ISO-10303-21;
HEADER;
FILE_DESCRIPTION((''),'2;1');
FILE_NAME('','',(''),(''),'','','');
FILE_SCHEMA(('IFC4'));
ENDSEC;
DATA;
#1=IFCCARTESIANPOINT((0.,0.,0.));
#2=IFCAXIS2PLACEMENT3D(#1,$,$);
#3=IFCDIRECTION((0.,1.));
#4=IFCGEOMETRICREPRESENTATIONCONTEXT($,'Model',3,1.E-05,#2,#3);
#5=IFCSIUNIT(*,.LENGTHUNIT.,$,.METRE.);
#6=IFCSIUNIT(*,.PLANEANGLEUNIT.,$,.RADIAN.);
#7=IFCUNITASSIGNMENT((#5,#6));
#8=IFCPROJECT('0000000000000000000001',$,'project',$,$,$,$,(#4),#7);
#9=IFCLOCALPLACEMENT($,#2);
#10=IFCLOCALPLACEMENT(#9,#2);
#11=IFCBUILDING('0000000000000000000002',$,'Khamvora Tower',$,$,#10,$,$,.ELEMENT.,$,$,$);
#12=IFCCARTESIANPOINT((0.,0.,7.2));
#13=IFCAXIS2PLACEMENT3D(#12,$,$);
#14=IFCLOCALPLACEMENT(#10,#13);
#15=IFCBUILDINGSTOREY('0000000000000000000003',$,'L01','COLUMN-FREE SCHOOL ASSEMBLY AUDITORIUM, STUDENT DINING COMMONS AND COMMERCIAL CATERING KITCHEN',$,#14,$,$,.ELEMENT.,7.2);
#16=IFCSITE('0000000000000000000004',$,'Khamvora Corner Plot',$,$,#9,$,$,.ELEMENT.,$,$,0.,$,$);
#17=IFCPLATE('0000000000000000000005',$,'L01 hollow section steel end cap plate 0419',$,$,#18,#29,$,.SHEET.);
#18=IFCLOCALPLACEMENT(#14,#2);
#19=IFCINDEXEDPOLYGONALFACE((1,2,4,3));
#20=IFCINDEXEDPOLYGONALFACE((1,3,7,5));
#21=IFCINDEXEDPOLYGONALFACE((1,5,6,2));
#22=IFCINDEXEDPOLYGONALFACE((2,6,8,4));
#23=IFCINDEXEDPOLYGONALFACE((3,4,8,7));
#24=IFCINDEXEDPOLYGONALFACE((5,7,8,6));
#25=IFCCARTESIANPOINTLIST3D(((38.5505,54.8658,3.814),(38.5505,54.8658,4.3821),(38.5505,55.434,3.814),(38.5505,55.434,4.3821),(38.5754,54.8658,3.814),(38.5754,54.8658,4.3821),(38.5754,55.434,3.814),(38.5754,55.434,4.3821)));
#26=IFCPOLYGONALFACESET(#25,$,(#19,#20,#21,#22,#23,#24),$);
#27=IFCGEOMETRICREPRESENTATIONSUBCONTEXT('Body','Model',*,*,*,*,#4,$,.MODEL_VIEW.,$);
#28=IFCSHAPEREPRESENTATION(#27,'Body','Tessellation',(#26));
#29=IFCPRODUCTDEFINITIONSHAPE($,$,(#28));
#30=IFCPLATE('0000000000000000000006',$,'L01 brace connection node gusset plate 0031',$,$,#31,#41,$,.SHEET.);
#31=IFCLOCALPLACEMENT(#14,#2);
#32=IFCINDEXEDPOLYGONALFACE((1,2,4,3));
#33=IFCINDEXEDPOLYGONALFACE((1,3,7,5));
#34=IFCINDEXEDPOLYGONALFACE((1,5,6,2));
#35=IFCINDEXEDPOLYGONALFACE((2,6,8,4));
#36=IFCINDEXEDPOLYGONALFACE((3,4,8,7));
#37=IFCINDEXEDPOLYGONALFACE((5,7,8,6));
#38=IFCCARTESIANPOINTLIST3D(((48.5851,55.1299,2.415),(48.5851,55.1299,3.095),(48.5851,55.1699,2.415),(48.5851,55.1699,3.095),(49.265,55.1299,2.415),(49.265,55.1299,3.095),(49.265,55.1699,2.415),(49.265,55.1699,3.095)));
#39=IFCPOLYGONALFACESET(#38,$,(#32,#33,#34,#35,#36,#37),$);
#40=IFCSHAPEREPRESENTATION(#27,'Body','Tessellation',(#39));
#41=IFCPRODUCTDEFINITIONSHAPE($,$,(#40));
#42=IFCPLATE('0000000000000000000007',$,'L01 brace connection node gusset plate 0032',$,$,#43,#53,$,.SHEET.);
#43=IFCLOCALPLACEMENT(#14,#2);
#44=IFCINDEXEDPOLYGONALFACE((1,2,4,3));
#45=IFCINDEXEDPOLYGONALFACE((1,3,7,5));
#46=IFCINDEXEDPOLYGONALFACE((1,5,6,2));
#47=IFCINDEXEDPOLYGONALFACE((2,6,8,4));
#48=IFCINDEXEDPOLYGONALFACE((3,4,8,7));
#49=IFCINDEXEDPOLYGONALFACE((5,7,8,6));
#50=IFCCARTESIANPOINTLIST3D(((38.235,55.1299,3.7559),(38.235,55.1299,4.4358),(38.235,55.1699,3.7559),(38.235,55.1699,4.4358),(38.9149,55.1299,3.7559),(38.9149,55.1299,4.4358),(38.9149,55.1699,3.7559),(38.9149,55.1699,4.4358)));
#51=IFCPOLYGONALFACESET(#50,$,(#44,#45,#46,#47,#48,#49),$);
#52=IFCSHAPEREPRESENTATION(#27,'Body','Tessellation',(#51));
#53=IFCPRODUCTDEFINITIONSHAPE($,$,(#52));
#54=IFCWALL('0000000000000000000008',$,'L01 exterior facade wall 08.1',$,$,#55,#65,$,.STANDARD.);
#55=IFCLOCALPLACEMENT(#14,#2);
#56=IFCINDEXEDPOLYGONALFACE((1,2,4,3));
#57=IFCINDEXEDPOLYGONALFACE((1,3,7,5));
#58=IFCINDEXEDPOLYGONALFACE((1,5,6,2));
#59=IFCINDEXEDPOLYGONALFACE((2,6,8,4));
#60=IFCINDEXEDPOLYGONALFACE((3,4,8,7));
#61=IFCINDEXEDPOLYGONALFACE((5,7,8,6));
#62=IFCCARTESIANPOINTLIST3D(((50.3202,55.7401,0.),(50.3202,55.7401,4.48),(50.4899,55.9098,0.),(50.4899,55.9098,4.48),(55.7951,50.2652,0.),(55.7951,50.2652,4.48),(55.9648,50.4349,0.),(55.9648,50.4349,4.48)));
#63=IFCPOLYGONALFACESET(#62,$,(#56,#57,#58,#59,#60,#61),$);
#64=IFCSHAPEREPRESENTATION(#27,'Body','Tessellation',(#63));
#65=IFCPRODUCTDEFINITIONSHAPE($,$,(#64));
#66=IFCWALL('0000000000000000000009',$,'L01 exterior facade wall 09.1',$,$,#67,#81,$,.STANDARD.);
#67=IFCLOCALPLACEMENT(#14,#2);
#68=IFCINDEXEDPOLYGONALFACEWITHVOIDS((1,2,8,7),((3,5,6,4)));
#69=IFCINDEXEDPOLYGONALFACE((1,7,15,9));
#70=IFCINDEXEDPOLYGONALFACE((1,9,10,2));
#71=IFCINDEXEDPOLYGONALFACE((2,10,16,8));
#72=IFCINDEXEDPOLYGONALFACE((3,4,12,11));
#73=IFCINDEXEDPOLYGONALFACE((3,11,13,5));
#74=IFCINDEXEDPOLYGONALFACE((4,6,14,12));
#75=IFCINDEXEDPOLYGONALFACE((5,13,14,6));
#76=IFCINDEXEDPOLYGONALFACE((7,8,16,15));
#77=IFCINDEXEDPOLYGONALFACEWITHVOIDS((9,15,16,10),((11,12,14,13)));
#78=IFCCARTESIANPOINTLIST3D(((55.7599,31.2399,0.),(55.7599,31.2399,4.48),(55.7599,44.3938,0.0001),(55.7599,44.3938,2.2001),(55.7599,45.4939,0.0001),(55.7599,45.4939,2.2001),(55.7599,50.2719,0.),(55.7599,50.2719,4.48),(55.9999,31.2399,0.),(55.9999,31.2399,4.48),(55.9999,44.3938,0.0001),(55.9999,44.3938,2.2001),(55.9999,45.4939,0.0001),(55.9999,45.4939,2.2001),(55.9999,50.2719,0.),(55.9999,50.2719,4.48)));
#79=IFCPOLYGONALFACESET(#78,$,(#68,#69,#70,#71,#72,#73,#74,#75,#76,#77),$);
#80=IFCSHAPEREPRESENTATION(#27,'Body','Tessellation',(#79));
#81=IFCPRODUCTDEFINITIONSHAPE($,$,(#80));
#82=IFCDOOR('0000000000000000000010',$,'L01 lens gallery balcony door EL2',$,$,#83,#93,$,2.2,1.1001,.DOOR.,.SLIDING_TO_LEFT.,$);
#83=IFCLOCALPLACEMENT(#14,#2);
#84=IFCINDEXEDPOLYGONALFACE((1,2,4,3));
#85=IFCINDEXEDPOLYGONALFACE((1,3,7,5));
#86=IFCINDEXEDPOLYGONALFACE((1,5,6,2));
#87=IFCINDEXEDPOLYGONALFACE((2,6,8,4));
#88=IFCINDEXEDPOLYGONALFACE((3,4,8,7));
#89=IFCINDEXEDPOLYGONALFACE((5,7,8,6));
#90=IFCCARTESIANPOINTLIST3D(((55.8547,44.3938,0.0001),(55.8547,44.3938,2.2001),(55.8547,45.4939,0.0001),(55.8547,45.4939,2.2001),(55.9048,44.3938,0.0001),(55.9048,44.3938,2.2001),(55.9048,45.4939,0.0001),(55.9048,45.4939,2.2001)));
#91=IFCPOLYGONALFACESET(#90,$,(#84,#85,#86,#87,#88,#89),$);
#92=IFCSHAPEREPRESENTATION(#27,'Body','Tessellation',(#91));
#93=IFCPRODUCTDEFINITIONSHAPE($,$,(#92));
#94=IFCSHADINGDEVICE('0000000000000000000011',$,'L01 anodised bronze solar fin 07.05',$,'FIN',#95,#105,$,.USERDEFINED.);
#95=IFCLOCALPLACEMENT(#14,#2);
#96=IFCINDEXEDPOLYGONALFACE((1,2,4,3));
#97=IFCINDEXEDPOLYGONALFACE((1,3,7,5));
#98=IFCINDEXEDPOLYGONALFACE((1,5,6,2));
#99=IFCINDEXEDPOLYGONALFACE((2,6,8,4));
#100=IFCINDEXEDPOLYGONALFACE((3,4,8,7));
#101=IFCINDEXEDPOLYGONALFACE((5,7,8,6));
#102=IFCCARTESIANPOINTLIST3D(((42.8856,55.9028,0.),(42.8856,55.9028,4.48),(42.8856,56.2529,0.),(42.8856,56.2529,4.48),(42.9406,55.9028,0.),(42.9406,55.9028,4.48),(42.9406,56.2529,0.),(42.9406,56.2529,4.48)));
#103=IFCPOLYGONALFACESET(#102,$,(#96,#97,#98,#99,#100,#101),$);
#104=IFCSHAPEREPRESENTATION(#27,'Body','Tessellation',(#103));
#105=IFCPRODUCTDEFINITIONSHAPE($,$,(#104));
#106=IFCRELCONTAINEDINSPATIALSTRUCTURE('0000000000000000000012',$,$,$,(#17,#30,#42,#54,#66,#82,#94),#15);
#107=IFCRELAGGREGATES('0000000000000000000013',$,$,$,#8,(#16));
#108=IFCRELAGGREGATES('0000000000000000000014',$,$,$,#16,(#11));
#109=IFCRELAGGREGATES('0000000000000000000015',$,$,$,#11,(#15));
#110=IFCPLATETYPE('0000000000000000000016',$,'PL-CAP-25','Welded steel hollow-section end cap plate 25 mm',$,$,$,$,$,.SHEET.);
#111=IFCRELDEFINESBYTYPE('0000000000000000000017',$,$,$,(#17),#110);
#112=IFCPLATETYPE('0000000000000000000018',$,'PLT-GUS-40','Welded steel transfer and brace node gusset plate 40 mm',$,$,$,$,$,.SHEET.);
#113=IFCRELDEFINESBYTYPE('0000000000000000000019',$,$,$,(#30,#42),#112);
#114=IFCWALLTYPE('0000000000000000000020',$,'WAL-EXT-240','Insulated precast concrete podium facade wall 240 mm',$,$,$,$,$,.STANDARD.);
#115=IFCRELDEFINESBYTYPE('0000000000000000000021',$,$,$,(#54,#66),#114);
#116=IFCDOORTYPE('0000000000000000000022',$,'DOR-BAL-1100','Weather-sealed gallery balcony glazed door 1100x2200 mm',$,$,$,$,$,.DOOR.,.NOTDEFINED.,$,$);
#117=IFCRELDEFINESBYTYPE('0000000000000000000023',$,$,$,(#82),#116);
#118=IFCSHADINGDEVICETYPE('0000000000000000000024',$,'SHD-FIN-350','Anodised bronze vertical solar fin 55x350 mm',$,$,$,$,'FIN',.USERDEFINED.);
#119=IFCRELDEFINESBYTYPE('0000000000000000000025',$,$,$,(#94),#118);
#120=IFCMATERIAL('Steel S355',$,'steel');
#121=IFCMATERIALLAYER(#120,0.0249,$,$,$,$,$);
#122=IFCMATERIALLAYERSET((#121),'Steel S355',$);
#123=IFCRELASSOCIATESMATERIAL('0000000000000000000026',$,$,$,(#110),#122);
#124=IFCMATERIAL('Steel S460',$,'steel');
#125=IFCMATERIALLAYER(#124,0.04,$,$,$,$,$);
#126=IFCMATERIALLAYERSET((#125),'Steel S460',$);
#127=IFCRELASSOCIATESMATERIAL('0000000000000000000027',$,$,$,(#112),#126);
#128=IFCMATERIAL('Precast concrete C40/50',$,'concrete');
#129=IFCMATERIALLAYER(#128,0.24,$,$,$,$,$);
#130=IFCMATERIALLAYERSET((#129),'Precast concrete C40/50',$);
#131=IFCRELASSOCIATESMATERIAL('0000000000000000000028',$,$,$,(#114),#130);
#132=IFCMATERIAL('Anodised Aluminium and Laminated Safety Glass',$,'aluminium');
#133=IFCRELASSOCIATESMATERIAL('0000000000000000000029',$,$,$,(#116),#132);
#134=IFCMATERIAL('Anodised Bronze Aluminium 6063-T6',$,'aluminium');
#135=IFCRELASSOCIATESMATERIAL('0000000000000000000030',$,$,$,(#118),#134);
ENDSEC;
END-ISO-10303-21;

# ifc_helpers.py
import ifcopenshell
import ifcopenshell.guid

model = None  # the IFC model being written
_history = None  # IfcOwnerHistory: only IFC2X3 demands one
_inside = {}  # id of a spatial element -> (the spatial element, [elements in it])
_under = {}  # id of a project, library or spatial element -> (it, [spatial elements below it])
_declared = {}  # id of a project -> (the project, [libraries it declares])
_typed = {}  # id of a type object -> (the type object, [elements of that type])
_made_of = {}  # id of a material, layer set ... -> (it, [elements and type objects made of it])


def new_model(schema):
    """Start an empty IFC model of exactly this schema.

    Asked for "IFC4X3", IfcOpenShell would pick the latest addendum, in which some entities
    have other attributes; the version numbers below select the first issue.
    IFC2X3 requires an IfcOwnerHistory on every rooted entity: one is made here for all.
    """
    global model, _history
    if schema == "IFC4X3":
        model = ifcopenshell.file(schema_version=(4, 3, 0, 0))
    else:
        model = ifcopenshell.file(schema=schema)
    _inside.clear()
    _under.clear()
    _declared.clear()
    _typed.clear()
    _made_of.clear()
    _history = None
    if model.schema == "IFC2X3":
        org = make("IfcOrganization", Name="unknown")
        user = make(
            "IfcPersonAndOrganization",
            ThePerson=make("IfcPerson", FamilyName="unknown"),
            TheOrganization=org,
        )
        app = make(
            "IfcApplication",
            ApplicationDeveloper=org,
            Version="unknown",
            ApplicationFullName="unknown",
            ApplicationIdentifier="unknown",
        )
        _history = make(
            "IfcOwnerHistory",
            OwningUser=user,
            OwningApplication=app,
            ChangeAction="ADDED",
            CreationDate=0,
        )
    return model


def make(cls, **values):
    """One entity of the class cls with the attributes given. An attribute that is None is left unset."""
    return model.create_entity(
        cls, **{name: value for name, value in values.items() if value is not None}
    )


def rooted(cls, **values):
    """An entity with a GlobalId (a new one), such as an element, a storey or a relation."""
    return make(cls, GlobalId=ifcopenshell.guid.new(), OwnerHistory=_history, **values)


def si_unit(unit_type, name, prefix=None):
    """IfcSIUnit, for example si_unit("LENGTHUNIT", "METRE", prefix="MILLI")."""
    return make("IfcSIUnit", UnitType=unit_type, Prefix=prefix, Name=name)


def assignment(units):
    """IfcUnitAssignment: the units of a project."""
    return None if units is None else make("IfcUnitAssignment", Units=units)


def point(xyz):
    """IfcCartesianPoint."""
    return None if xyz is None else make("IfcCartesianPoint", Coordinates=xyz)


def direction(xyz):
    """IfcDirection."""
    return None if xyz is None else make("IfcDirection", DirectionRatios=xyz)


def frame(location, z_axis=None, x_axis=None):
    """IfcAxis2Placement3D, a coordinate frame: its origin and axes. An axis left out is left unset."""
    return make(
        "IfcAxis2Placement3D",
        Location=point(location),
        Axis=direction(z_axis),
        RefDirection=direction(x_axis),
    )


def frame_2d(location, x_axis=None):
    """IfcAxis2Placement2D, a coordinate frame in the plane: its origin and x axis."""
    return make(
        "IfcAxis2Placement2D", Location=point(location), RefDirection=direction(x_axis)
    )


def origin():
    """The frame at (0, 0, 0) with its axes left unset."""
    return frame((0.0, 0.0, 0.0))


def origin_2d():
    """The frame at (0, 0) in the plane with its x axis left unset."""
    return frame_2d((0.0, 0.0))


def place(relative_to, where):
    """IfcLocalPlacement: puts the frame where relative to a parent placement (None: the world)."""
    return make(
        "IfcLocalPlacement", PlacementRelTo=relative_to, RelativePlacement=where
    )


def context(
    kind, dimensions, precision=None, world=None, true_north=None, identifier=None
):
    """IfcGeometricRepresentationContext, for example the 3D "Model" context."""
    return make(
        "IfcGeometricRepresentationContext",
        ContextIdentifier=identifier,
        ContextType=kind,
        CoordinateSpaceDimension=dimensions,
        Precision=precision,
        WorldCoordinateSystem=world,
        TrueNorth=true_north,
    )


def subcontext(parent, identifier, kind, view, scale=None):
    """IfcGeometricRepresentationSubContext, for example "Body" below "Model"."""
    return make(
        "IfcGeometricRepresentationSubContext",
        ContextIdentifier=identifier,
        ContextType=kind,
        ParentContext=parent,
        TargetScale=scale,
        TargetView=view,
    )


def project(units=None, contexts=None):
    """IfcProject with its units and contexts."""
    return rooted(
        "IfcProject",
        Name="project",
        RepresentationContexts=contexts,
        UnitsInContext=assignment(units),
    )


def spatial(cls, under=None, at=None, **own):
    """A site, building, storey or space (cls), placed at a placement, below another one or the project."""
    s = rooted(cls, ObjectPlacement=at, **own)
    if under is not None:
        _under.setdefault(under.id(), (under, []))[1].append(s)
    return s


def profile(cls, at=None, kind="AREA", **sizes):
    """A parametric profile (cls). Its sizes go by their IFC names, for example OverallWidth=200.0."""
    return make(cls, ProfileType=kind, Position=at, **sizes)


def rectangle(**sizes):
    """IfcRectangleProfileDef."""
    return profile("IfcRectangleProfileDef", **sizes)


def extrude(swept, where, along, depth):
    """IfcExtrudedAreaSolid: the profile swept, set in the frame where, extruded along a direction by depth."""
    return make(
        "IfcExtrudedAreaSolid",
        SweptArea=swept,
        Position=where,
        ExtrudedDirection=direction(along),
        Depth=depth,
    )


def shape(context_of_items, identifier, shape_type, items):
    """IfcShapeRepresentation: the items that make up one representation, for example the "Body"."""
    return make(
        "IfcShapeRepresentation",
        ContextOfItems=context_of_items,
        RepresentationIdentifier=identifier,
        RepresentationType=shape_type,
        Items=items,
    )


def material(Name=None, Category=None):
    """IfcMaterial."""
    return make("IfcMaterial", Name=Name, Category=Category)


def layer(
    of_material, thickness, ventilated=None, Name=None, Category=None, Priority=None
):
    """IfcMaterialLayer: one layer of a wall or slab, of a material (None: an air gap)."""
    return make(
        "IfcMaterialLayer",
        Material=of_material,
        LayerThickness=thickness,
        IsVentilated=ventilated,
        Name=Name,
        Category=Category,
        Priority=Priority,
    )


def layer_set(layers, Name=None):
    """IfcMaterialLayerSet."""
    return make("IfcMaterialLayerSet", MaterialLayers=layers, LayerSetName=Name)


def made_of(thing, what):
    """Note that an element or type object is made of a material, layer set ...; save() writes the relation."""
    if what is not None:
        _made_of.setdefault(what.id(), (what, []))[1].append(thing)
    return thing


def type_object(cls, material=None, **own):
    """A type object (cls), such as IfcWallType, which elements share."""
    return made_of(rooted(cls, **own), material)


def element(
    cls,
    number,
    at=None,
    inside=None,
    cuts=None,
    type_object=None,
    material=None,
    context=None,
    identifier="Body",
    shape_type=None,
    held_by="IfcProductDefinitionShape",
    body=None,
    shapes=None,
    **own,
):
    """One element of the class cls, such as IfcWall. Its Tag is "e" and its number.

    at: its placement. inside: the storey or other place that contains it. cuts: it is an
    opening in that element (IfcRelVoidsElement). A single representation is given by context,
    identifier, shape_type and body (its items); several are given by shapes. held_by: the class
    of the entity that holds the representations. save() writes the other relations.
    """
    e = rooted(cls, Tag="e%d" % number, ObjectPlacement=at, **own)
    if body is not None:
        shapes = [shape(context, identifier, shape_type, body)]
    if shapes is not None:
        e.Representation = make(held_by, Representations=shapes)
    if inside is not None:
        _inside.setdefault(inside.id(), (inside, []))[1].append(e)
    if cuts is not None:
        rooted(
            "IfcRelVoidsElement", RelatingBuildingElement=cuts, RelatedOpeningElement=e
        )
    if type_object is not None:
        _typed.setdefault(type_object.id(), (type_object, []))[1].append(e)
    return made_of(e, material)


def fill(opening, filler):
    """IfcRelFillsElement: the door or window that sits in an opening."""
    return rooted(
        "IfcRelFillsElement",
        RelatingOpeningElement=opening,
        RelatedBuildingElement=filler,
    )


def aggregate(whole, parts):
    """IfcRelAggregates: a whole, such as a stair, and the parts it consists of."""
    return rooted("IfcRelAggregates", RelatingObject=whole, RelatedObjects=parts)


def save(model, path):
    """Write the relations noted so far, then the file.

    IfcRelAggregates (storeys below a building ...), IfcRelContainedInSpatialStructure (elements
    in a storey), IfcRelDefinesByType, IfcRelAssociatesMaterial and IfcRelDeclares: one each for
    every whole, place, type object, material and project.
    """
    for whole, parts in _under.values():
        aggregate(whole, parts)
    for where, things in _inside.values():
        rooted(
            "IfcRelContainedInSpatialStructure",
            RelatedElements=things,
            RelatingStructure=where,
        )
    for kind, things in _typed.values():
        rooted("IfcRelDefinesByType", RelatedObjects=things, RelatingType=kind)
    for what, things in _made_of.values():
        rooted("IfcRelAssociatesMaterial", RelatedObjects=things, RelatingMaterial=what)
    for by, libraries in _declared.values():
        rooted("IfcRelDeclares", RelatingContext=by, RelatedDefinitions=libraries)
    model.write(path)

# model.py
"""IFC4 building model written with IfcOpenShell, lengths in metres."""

from ifc_helpers import new_model, si_unit, direction, frame, frame_2d, origin, origin_2d, place, context, subcontext, project, spatial, rectangle, extrude, material, layer, layer_set, type_object, element, fill, save


model = new_model("IFC4")

# Units and contexts
model_context = context("Model", 3, precision=1e-05, world=origin(), true_north=direction((0.0, 1.0)))
body_context = subcontext(model_context, "Body", "Model", "MODEL_VIEW")
ifc_project = project(units=[si_unit("LENGTHUNIT", "METRE"), si_unit("PLANEANGLEUNIT", "RADIAN")], contexts=[model_context])

# Site, building, storey
site_placement = place(None, origin())
site = spatial("IfcSite", under=ifc_project, at=site_placement, Name="Khamvora Corner Plot", CompositionType="ELEMENT", RefElevation=0.0)
building_placement = place(site_placement, origin())
building = spatial("IfcBuilding", under=site, at=building_placement, Name="Khamvora Tower", CompositionType="ELEMENT")
storey_placement = place(building_placement, frame((0.0, 0.0, 7.2)))
storey = spatial("IfcBuildingStorey", under=building, at=storey_placement, Name="L01", Description="COLUMN-FREE SCHOOL ASSEMBLY AUDITORIUM, STUDENT DINING COMMONS AND COMMERCIAL CATERING KITCHEN", CompositionType="ELEMENT", Elevation=7.2)

# Shared definitions
ifc_material_1 = material(Name="Steel S460", Category="steel")

# Shared definitions
ifc_material_2 = material(Name="Steel S355", Category="steel")

# Plates
ifc_layer_1 = layer(ifc_material_2, 0.0249)
ifc_layer_set_1 = layer_set([ifc_layer_1], Name="Steel S355")
plate_type_1 = type_object("IfcPlateType", Name="PL-CAP-25", Description="Welded steel hollow-section end cap plate 25 mm", PredefinedType="SHEET", material=ifc_layer_set_1)
for number, where, z_axis, x_axis, name in (
    (1, (38.563, 55.1499, 3.814), (0.0, 0.0, 1.0), (-1.0, 0.0, 0.0), "L01 hollow section steel end cap plate 0419"),
):
    element("IfcPlate", number, at=place(storey_placement, frame(where, z_axis=z_axis, x_axis=x_axis)), inside=storey, type_object=plate_type_1, Name=name, PredefinedType="SHEET", context=body_context, shape_type="SweptSolid", body=[
        extrude(rectangle(XDim=0.0249, YDim=0.5681, at=origin_2d()), origin(), (0.0, 0.0, 1.0), 0.5681),
    ])
ifc_layer_2 = layer(ifc_material_1, 0.04)
ifc_layer_set_2 = layer_set([ifc_layer_2], Name="Steel S460")
plate_type_2 = type_object("IfcPlateType", Name="PLT-GUS-40", Description="Welded steel transfer and brace node gusset plate 40 mm", PredefinedType="SHEET", material=ifc_layer_set_2)
for number, where, z_axis, x_axis, name in (
    (2, (48.925, 55.1499, 2.415), (0.0, 0.0, 1.0), (1.0, 0.0, 0.0), "L01 brace connection node gusset plate 0031"),
    (3, (38.575, 55.1499, 3.7559), (0.0, 0.0, 1.0), (1.0, 0.0, 0.0), "L01 brace connection node gusset plate 0032"),
):
    element("IfcPlate", number, at=place(storey_placement, frame(where, z_axis=z_axis, x_axis=x_axis)), inside=storey, type_object=plate_type_2, Name=name, PredefinedType="SHEET", context=body_context, shape_type="SweptSolid", body=[
        extrude(rectangle(XDim=0.6799, YDim=0.04, at=origin_2d()), origin(), (0.0, 0.0, 1.0), 0.6799),
    ])

# Wall
ifc_material_3 = material(Name="Precast concrete C40/50", Category="concrete")
ifc_layer_3 = layer(ifc_material_3, 0.24)
ifc_layer_set_3 = layer_set([ifc_layer_3], Name="Precast concrete C40/50")
wall_type = type_object("IfcWallType", Name="WAL-EXT-240", Description="Insulated precast concrete podium facade wall 240 mm", PredefinedType="STANDARD", material=ifc_layer_set_3)
wall_1_placement = place(storey_placement, frame((50.405, 55.825, 0.0), z_axis=(0.0, 0.0, 1.0), x_axis=(0.707107, -0.707107, 0.0)))
element("IfcWall", 4, at=wall_1_placement, inside=storey, type_object=wall_type, Name="L01 exterior facade wall 08.1", PredefinedType="STANDARD", context=body_context, shape_type="SweptSolid", body=[
    extrude(rectangle(XDim=7.7427, YDim=0.24, at=frame_2d((3.8713, 0.0))), origin(), (0.0, 0.0, 1.0), 4.48),
])

# Wall, opening, door
wall_2_placement = place(storey_placement, frame((55.8799, 50.272, 0.0), z_axis=(0.0, 0.0, 1.0), x_axis=(0.0, -1.0, 0.0)))
wall_2 = element("IfcWall", 5, at=wall_2_placement, inside=storey, type_object=wall_type, Name="L01 exterior facade wall 09.1", PredefinedType="STANDARD", context=body_context, shape_type="SweptSolid", body=[
    extrude(rectangle(XDim=19.032, YDim=0.24, at=frame_2d((9.5161, 0.0))), origin(), (0.0, 0.0, 1.0), 4.48),
])
opening_placement = place(wall_2_placement, frame((4.7781, 0.0, 0.0)))
opening = element("IfcOpeningElement", 6, at=opening_placement, cuts=wall_2, PredefinedType="OPENING", context=body_context, shape_type="SweptSolid", body=[
    extrude(rectangle(XDim=1.1001, YDim=2.2, at=frame_2d((0.55, 1.1001))), frame((0.0, 0.1299, 0.0), z_axis=(0.0, -1.0, 0.0), x_axis=(1.0, 0.0, 0.0)), (0.0, 0.0, 1.0), 0.26),
])
ifc_material_4 = material(Name="Anodised Aluminium and Laminated Safety Glass", Category="aluminium")
door_type = type_object("IfcDoorType", Name="DOR-BAL-1100", Description="Weather-sealed gallery balcony glazed door 1100x2200 mm", OperationType="NOTDEFINED", PredefinedType="DOOR", material=ifc_material_4)
door_placement = place(opening_placement, origin())
door = element("IfcDoor", 7, at=door_placement, inside=storey, type_object=door_type, Name="L01 lens gallery balcony door EL2", OperationType="SLIDING_TO_LEFT", OverallHeight=2.2, OverallWidth=1.1001, PredefinedType="DOOR", context=body_context, shape_type="SweptSolid", body=[
    extrude(rectangle(XDim=1.1001, YDim=2.2, at=frame_2d((0.55, 1.1001))), frame((0.0, 0.0249, 0.0), z_axis=(0.0, -1.0, 0.0), x_axis=(1.0, 0.0, 0.0)), (0.0, 0.0, 1.0), 0.05),
])
fill(opening, door)

# Shading device
ifc_material_5 = material(Name="Anodised Bronze Aluminium 6063-T6", Category="aluminium")
shading_device_type = type_object("IfcShadingDeviceType", Name="SHD-FIN-350", Description="Anodised bronze vertical solar fin 55x350 mm", ElementType="FIN", PredefinedType="USERDEFINED", material=ifc_material_5)
shading_device_placement = place(storey_placement, frame((42.9131, 56.0779, 0.0), z_axis=(0.0, 0.0, 1.0), x_axis=(1.0, 0.0, 0.0)))
element("IfcShadingDevice", 8, at=shading_device_placement, inside=storey, type_object=shading_device_type, Name="L01 anodised bronze solar fin 07.05", ObjectType="FIN", PredefinedType="USERDEFINED", context=body_context, shape_type="SweptSolid", body=[
    extrude(rectangle(XDim=0.0549, YDim=0.3501, at=origin_2d()), origin(), (0.0, 0.0, 1.0), 4.48),
])

save(model, "model.ifc")
